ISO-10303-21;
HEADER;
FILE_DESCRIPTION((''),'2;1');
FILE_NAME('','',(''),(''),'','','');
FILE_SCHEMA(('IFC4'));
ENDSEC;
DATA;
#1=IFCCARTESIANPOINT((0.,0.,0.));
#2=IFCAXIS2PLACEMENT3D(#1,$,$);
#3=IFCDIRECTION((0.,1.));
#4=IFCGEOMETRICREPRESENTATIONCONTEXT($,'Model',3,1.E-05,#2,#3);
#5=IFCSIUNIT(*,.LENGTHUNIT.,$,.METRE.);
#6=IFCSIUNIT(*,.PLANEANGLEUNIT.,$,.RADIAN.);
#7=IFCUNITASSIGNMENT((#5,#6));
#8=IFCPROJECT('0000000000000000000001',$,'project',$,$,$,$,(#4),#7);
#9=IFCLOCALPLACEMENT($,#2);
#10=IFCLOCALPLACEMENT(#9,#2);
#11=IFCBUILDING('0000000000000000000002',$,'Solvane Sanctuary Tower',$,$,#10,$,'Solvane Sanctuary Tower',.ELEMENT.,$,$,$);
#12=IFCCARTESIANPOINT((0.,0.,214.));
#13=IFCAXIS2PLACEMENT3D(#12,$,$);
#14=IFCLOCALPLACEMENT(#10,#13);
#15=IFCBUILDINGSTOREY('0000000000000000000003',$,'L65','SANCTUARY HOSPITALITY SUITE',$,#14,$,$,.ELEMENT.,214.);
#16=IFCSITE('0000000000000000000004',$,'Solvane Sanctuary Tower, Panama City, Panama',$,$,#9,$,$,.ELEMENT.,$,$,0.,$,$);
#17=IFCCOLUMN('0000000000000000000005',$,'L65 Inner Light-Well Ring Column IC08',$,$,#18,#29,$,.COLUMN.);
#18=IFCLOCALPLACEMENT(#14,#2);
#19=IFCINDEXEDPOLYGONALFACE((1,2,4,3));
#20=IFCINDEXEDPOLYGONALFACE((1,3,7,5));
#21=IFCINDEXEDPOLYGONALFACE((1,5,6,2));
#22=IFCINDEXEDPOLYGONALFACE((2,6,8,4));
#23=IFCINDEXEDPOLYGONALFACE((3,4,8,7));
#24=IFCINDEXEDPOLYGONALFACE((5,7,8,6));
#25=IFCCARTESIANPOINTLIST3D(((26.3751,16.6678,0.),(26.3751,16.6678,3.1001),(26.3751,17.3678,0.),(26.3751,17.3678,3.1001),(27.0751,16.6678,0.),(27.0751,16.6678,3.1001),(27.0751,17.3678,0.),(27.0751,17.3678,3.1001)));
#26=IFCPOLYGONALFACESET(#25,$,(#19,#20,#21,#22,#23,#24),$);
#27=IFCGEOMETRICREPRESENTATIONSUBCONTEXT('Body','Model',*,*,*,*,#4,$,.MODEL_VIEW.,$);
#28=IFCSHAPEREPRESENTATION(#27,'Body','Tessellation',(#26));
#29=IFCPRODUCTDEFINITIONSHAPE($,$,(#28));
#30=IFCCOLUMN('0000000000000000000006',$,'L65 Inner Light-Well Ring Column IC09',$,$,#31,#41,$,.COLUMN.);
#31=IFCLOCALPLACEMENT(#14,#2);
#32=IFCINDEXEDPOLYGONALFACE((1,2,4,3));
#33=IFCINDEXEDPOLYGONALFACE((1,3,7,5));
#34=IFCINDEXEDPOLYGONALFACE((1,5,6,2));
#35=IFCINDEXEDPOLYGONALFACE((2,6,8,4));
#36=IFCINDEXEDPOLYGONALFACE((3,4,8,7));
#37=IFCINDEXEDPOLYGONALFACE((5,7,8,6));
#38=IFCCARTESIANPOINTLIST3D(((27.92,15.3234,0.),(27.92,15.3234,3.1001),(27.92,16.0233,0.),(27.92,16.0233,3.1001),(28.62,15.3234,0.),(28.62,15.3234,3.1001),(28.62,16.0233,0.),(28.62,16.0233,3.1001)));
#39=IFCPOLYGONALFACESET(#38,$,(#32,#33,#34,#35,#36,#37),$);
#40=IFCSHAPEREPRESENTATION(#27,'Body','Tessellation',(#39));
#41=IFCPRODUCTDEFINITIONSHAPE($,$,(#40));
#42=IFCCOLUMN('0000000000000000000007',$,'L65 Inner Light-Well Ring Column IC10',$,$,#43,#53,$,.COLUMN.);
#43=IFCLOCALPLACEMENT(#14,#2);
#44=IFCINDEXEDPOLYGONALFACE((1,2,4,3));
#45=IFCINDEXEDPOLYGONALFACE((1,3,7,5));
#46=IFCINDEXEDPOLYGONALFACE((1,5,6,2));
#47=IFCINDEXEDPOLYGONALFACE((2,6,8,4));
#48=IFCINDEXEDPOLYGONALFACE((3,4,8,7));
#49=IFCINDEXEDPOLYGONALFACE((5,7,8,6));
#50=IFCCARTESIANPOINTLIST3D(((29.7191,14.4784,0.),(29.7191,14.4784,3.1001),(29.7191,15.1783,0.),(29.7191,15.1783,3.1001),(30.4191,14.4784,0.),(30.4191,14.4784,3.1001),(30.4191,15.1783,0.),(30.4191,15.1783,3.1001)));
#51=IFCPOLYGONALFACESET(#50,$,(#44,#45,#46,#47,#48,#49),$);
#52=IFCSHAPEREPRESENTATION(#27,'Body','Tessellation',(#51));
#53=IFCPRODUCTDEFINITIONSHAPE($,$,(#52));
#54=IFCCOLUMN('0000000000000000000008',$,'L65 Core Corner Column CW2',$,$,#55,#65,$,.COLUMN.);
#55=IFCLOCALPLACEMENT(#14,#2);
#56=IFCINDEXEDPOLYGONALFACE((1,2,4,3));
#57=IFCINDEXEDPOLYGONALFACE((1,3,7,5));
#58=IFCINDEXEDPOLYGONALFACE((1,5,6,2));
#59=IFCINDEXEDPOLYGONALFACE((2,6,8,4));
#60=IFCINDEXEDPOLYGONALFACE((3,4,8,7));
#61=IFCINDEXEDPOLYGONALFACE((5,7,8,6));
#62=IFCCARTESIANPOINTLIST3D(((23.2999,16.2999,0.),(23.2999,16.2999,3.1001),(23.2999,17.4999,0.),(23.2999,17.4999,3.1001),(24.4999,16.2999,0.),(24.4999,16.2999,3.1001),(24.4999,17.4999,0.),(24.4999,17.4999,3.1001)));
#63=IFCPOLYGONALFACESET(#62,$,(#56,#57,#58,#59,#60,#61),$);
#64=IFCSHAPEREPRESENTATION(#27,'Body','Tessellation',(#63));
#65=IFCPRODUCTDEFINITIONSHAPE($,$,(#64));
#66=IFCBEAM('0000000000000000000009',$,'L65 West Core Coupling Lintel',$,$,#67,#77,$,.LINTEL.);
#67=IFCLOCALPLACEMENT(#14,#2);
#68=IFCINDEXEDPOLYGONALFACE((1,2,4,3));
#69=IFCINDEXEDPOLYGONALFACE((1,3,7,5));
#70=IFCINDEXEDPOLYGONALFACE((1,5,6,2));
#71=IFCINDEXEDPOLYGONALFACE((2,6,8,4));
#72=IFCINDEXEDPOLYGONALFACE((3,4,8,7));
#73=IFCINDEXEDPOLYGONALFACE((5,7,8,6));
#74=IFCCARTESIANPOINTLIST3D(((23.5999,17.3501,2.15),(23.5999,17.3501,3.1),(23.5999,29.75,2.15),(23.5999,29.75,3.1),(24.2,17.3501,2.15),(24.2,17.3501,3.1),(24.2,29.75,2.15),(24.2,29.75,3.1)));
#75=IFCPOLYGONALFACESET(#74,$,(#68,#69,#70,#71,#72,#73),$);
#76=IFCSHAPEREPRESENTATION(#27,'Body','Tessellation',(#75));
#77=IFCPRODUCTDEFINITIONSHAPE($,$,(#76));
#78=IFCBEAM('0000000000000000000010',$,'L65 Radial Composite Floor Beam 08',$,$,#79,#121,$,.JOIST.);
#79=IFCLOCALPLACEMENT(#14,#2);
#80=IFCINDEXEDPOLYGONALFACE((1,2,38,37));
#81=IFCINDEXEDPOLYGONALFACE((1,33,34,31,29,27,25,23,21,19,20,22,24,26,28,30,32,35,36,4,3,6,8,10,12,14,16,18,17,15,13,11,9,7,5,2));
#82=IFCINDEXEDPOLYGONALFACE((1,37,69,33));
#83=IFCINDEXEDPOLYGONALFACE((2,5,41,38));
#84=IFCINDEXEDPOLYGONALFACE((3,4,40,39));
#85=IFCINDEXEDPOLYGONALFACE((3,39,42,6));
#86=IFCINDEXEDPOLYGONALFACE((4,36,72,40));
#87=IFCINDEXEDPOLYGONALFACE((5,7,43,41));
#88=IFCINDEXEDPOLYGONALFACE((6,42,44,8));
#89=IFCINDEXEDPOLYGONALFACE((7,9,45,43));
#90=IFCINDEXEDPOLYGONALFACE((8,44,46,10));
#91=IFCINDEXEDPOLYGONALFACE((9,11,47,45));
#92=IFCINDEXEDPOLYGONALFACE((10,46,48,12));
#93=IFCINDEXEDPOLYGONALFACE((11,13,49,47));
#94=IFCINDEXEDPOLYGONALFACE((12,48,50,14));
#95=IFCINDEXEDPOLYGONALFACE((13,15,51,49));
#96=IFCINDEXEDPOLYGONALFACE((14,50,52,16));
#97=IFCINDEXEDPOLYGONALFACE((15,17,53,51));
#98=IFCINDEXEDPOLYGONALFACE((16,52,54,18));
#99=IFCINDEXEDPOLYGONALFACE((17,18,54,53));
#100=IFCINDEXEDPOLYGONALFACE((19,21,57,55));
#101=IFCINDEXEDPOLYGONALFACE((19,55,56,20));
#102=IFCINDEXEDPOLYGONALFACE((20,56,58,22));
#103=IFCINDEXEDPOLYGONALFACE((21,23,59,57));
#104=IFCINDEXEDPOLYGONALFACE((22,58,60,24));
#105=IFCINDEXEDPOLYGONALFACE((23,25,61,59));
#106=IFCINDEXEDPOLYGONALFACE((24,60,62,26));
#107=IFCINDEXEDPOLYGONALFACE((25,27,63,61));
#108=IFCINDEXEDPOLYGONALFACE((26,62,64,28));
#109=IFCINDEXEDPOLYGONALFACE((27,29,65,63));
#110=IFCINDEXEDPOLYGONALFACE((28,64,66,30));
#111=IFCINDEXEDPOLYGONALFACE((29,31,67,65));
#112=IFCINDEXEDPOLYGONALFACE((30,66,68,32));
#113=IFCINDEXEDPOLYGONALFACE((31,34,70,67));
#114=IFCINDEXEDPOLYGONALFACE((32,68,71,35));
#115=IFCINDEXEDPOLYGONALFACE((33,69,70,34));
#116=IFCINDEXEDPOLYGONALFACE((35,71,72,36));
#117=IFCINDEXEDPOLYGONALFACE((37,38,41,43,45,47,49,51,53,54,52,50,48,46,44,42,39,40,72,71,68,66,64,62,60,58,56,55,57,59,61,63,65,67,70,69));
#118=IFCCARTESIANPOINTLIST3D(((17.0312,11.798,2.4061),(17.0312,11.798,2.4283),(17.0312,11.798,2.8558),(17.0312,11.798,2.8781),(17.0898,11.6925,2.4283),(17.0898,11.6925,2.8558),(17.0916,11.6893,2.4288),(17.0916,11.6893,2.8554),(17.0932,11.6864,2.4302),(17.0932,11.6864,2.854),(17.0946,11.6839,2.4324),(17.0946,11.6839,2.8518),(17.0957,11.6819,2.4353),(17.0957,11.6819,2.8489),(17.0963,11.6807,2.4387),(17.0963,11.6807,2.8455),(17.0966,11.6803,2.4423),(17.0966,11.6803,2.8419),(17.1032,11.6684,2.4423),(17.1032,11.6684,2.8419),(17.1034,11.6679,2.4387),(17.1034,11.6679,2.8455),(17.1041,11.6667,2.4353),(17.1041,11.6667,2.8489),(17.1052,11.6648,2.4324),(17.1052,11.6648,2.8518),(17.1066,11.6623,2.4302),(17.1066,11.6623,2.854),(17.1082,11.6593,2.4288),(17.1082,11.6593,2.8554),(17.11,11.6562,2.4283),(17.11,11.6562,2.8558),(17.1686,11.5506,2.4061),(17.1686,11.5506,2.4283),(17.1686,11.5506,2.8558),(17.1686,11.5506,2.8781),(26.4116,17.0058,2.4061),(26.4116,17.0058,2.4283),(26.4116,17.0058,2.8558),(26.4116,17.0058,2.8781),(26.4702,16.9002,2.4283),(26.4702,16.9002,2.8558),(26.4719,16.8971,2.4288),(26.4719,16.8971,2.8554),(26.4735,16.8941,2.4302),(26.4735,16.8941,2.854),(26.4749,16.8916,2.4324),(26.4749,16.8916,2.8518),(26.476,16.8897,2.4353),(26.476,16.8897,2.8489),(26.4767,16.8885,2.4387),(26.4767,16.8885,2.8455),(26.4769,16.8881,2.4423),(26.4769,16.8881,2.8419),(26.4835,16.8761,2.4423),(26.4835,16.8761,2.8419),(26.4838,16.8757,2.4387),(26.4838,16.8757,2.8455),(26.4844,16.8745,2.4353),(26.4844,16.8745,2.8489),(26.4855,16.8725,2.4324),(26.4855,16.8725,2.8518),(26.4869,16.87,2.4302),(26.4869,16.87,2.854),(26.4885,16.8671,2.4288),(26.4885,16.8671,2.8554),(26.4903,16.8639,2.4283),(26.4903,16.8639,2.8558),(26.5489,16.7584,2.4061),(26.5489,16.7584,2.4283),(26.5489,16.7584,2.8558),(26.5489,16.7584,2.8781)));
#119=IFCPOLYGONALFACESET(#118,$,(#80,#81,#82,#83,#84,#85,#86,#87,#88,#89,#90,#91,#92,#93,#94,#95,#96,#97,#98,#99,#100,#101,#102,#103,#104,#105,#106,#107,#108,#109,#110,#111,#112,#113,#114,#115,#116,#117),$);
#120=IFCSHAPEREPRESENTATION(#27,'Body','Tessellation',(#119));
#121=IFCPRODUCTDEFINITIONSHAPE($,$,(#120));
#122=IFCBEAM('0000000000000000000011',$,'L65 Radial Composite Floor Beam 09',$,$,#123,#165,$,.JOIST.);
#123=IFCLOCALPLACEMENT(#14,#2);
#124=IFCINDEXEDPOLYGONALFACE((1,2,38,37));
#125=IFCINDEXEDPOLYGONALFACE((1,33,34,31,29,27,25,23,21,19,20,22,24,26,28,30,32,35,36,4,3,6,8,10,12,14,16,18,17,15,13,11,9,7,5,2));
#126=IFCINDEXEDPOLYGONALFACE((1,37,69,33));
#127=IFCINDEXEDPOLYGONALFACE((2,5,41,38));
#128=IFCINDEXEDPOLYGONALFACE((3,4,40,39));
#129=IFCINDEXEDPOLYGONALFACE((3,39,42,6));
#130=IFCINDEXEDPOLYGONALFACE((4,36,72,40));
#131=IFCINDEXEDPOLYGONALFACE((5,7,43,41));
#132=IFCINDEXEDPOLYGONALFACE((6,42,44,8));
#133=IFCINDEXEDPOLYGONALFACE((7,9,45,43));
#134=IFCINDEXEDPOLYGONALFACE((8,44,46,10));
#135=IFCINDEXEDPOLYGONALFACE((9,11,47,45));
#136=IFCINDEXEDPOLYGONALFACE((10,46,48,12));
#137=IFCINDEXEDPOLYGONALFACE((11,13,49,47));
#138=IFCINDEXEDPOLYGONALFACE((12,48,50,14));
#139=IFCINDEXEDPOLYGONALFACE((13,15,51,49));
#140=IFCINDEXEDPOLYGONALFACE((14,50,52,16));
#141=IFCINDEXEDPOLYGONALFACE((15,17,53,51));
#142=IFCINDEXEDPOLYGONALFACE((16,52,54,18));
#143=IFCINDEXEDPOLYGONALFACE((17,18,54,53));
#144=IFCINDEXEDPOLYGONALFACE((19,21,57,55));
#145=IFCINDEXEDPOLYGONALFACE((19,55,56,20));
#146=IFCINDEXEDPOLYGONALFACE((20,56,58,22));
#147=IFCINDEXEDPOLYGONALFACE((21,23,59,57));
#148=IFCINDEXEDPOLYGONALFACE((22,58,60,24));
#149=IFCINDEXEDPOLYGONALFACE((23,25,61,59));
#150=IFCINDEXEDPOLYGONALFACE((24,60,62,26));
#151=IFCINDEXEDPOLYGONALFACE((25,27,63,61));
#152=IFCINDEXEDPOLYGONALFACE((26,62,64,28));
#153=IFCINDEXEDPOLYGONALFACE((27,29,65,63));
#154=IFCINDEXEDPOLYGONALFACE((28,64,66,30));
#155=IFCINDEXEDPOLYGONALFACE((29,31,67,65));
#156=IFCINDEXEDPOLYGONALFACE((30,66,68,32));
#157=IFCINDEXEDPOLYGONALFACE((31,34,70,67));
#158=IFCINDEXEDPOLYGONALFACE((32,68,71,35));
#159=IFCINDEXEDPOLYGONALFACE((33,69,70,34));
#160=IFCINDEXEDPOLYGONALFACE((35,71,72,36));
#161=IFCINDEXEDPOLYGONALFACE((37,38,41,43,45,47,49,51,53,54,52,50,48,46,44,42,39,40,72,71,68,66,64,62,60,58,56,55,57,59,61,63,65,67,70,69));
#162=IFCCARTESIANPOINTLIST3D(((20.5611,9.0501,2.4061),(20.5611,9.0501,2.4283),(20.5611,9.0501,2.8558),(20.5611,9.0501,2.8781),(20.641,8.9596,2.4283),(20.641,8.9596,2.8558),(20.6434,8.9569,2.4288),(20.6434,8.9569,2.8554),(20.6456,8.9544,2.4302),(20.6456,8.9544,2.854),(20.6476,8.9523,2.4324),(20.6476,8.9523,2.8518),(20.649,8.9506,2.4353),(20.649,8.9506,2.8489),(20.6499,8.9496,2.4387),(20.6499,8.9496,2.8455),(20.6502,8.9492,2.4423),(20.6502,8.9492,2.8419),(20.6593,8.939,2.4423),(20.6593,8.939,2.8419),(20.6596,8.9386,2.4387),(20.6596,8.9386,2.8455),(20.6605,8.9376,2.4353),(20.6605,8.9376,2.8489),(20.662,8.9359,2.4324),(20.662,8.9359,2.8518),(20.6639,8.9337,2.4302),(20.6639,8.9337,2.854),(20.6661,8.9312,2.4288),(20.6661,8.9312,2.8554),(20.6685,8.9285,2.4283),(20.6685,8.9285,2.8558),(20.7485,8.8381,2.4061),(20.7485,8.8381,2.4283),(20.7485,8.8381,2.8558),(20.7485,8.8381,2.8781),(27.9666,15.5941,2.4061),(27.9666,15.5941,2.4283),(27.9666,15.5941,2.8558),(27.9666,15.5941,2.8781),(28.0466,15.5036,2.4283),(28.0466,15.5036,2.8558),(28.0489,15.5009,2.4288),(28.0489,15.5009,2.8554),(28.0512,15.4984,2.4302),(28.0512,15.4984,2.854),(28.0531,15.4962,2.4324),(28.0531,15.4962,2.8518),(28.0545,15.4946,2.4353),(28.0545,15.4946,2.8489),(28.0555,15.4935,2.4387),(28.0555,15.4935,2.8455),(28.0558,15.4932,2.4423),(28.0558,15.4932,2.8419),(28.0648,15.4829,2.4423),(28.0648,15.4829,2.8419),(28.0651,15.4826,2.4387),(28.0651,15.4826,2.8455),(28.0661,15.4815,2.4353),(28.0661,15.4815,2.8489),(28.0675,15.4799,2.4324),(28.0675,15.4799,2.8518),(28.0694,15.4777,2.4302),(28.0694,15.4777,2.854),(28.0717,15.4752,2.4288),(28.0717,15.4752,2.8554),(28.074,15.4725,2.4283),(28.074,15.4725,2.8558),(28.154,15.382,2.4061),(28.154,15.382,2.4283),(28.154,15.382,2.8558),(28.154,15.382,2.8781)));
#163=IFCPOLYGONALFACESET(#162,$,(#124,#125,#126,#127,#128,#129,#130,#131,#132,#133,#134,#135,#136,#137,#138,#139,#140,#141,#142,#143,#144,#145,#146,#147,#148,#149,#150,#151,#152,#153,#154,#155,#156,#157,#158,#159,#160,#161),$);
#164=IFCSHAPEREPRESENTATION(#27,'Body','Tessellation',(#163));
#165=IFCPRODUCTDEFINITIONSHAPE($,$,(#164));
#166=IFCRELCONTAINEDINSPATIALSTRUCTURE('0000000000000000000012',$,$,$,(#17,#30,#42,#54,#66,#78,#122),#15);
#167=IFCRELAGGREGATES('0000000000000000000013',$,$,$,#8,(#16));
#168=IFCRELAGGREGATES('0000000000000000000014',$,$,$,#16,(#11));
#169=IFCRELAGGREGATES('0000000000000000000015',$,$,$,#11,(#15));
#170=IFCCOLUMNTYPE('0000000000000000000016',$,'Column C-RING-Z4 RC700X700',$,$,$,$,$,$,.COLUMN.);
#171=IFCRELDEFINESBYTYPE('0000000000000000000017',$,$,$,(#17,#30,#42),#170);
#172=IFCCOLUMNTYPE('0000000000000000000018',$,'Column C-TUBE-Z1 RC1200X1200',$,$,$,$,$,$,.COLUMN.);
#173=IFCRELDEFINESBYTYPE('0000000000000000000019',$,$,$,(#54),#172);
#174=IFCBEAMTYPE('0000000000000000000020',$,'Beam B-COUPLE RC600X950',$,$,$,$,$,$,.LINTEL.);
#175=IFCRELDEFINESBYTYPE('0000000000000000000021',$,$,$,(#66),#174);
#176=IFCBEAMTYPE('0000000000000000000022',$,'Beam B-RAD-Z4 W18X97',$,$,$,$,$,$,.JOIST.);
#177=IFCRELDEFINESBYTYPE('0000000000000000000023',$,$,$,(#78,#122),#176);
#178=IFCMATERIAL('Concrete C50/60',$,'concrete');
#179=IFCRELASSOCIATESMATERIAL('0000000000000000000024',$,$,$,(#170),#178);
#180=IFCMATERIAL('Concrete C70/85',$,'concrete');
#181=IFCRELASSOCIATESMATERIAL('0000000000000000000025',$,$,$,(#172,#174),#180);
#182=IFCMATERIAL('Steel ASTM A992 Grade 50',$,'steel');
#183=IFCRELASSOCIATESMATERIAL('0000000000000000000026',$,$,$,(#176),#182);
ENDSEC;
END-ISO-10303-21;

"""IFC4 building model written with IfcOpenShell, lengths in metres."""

from ifc_helpers import new_model, si_unit, direction, frame, origin, origin_2d, place, context, subcontext, project, spatial, rectangle, i_section, extrude, material, material_profile, profile_set, type_object, element, save


model = new_model("IFC4")

# Units and contexts
model_context = context("Model", 3, precision=1e-05, world=origin(), true_north=direction((0.0, 1.0)))
body_context = subcontext(model_context, "Body", "Model", "MODEL_VIEW")
ifc_project = project(units=[si_unit("LENGTHUNIT", "METRE"), si_unit("PLANEANGLEUNIT", "RADIAN")], contexts=[model_context])

# Site, building, storey
site_placement = place(None, origin())
site = spatial("IfcSite", under=ifc_project, at=site_placement, Name="Solvane Sanctuary Tower, Panama City, Panama", CompositionType="ELEMENT", RefElevation=0.0)
building_placement = place(site_placement, origin())
building = spatial("IfcBuilding", under=site, at=building_placement, Name="Solvane Sanctuary Tower", LongName="Solvane Sanctuary Tower", CompositionType="ELEMENT")
storey_placement = place(building_placement, frame((0.0, 0.0, 214.0)))
storey = spatial("IfcBuildingStorey", under=building, at=storey_placement, Name="L65", Description="SANCTUARY HOSPITALITY SUITE", CompositionType="ELEMENT", Elevation=214.0)

# Columns
ifc_material_1 = material(Name="Concrete C50/60", Category="concrete")
ifc_material_profile_1 = material_profile(ifc_material_1, rectangle(XDim=0.7, YDim=0.7, at=origin_2d()), Name="RC700X700")
ifc_profile_set_1 = profile_set([ifc_material_profile_1], Name="Concrete C50/60")
column_type_1 = type_object("IfcColumnType", Name="Column C-RING-Z4 RC700X700", PredefinedType="COLUMN", material=ifc_profile_set_1)
for number, where, z_axis, x_axis, name in (
    (1, (26.7251, 17.0178, 0.0), (0.0, 0.0, 1.0), (1.0, 0.0, 0.0), "L65 Inner Light-Well Ring Column IC08"),
    (2, (28.27, 15.6733, 0.0), (0.0, 0.0, 1.0), (1.0, 0.0, 0.0), "L65 Inner Light-Well Ring Column IC09"),
    (3, (30.0691, 14.8284, 0.0), (0.0, 0.0, 1.0), (1.0, 0.0, 0.0), "L65 Inner Light-Well Ring Column IC10"),
):
    element("IfcColumn", number, at=place(storey_placement, frame(where, z_axis=z_axis, x_axis=x_axis)), inside=storey, type_object=column_type_1, Name=name, PredefinedType="COLUMN", context=body_context, shape_type="SweptSolid", body=[
        extrude(rectangle(XDim=0.7, YDim=0.7, at=origin_2d()), origin(), (0.0, 0.0, 1.0), 3.1001),
    ])
ifc_material_2 = material(Name="Concrete C70/85", Category="concrete")
ifc_material_profile_2 = material_profile(ifc_material_2, rectangle(XDim=1.2, YDim=1.2, at=origin_2d()), Name="RC1200X1200")
ifc_profile_set_2 = profile_set([ifc_material_profile_2], Name="Concrete C70/85")
column_type_2 = type_object("IfcColumnType", Name="Column C-TUBE-Z1 RC1200X1200", PredefinedType="COLUMN", material=ifc_profile_set_2)
column_placement = place(storey_placement, frame((23.8999, 16.8999, 0.0), z_axis=(0.0, 0.0, 1.0), x_axis=(1.0, 0.0, 0.0)))
element("IfcColumn", 4, at=column_placement, inside=storey, type_object=column_type_2, Name="L65 Core Corner Column CW2", PredefinedType="COLUMN", context=body_context, shape_type="SweptSolid", body=[
    extrude(rectangle(XDim=1.2, YDim=1.2, at=origin_2d()), origin(), (0.0, 0.0, 1.0), 3.1001),
])

# Beams
ifc_material_profile_3 = material_profile(ifc_material_2, rectangle(XDim=0.6001, YDim=0.95, at=origin_2d()), Name="RC600X950")
ifc_profile_set_3 = profile_set([ifc_material_profile_3], Name="Concrete C70/85")
beam_type_1 = type_object("IfcBeamType", Name="Beam B-COUPLE RC600X950", PredefinedType="LINTEL", material=ifc_profile_set_3)
beam_1_placement = place(storey_placement, frame((23.8999, 17.3501, 2.625), z_axis=(0.0, 1.0, 0.0), x_axis=(-1.0, 0.0, 0.0)))
element("IfcBeam", 5, at=beam_1_placement, inside=storey, type_object=beam_type_1, Name="L65 West Core Coupling Lintel", PredefinedType="LINTEL", context=body_context, shape_type="SweptSolid", body=[
    extrude(rectangle(XDim=0.6001, YDim=0.95, at=origin_2d()), origin(), (0.0, 0.0, 1.0), 12.3999),
])
ifc_material_3 = material(Name="Steel ASTM A992 Grade 50", Category="steel")
ifc_material_profile_4 = material_profile(ifc_material_3, i_section(OverallWidth=0.283, OverallDepth=0.4719, WebThickness=0.0137, FlangeThickness=0.0222, FilletRadius=0.0139, at=origin_2d()), Name="W18X97")
ifc_profile_set_4 = profile_set([ifc_material_profile_4], Name="Steel ASTM A992 Grade 50")
beam_type_2 = type_object("IfcBeamType", Name="Beam B-RAD-Z4 W18X97", PredefinedType="JOIST", material=ifc_profile_set_4)
beam_2_placement = place(storey_placement, frame((26.4802, 16.8821, 2.6421), z_axis=(-0.874298, -0.48539, 0.0), x_axis=(0.48539, -0.874298, 0.0)))
element("IfcBeam", 6, at=beam_2_placement, inside=storey, type_object=beam_type_2, Name="L65 Radial Composite Floor Beam 08", PredefinedType="JOIST", context=body_context, shape_type="SweptSolid", body=[
    extrude(i_section(OverallWidth=0.283, OverallDepth=0.4719, WebThickness=0.0137, FlangeThickness=0.0222, FilletRadius=0.0139, at=origin_2d()), origin(), (0.0, 0.0, 1.0), 10.729),
])
beam_3_placement = place(storey_placement, frame((28.0603, 15.488, 2.6421), z_axis=(-0.749352, -0.662171, 0.0), x_axis=(0.662171, -0.749352, 0.0)))
element("IfcBeam", 7, at=beam_3_placement, inside=storey, type_object=beam_type_2, Name="L65 Radial Composite Floor Beam 09", PredefinedType="JOIST", context=body_context, shape_type="SweptSolid", body=[
    extrude(i_section(OverallWidth=0.283, OverallDepth=0.4719, WebThickness=0.0137, FlangeThickness=0.0222, FilletRadius=0.0139, at=origin_2d()), origin(), (0.0, 0.0, 1.0), 9.8826),
])

save(model, "model.ifc")
